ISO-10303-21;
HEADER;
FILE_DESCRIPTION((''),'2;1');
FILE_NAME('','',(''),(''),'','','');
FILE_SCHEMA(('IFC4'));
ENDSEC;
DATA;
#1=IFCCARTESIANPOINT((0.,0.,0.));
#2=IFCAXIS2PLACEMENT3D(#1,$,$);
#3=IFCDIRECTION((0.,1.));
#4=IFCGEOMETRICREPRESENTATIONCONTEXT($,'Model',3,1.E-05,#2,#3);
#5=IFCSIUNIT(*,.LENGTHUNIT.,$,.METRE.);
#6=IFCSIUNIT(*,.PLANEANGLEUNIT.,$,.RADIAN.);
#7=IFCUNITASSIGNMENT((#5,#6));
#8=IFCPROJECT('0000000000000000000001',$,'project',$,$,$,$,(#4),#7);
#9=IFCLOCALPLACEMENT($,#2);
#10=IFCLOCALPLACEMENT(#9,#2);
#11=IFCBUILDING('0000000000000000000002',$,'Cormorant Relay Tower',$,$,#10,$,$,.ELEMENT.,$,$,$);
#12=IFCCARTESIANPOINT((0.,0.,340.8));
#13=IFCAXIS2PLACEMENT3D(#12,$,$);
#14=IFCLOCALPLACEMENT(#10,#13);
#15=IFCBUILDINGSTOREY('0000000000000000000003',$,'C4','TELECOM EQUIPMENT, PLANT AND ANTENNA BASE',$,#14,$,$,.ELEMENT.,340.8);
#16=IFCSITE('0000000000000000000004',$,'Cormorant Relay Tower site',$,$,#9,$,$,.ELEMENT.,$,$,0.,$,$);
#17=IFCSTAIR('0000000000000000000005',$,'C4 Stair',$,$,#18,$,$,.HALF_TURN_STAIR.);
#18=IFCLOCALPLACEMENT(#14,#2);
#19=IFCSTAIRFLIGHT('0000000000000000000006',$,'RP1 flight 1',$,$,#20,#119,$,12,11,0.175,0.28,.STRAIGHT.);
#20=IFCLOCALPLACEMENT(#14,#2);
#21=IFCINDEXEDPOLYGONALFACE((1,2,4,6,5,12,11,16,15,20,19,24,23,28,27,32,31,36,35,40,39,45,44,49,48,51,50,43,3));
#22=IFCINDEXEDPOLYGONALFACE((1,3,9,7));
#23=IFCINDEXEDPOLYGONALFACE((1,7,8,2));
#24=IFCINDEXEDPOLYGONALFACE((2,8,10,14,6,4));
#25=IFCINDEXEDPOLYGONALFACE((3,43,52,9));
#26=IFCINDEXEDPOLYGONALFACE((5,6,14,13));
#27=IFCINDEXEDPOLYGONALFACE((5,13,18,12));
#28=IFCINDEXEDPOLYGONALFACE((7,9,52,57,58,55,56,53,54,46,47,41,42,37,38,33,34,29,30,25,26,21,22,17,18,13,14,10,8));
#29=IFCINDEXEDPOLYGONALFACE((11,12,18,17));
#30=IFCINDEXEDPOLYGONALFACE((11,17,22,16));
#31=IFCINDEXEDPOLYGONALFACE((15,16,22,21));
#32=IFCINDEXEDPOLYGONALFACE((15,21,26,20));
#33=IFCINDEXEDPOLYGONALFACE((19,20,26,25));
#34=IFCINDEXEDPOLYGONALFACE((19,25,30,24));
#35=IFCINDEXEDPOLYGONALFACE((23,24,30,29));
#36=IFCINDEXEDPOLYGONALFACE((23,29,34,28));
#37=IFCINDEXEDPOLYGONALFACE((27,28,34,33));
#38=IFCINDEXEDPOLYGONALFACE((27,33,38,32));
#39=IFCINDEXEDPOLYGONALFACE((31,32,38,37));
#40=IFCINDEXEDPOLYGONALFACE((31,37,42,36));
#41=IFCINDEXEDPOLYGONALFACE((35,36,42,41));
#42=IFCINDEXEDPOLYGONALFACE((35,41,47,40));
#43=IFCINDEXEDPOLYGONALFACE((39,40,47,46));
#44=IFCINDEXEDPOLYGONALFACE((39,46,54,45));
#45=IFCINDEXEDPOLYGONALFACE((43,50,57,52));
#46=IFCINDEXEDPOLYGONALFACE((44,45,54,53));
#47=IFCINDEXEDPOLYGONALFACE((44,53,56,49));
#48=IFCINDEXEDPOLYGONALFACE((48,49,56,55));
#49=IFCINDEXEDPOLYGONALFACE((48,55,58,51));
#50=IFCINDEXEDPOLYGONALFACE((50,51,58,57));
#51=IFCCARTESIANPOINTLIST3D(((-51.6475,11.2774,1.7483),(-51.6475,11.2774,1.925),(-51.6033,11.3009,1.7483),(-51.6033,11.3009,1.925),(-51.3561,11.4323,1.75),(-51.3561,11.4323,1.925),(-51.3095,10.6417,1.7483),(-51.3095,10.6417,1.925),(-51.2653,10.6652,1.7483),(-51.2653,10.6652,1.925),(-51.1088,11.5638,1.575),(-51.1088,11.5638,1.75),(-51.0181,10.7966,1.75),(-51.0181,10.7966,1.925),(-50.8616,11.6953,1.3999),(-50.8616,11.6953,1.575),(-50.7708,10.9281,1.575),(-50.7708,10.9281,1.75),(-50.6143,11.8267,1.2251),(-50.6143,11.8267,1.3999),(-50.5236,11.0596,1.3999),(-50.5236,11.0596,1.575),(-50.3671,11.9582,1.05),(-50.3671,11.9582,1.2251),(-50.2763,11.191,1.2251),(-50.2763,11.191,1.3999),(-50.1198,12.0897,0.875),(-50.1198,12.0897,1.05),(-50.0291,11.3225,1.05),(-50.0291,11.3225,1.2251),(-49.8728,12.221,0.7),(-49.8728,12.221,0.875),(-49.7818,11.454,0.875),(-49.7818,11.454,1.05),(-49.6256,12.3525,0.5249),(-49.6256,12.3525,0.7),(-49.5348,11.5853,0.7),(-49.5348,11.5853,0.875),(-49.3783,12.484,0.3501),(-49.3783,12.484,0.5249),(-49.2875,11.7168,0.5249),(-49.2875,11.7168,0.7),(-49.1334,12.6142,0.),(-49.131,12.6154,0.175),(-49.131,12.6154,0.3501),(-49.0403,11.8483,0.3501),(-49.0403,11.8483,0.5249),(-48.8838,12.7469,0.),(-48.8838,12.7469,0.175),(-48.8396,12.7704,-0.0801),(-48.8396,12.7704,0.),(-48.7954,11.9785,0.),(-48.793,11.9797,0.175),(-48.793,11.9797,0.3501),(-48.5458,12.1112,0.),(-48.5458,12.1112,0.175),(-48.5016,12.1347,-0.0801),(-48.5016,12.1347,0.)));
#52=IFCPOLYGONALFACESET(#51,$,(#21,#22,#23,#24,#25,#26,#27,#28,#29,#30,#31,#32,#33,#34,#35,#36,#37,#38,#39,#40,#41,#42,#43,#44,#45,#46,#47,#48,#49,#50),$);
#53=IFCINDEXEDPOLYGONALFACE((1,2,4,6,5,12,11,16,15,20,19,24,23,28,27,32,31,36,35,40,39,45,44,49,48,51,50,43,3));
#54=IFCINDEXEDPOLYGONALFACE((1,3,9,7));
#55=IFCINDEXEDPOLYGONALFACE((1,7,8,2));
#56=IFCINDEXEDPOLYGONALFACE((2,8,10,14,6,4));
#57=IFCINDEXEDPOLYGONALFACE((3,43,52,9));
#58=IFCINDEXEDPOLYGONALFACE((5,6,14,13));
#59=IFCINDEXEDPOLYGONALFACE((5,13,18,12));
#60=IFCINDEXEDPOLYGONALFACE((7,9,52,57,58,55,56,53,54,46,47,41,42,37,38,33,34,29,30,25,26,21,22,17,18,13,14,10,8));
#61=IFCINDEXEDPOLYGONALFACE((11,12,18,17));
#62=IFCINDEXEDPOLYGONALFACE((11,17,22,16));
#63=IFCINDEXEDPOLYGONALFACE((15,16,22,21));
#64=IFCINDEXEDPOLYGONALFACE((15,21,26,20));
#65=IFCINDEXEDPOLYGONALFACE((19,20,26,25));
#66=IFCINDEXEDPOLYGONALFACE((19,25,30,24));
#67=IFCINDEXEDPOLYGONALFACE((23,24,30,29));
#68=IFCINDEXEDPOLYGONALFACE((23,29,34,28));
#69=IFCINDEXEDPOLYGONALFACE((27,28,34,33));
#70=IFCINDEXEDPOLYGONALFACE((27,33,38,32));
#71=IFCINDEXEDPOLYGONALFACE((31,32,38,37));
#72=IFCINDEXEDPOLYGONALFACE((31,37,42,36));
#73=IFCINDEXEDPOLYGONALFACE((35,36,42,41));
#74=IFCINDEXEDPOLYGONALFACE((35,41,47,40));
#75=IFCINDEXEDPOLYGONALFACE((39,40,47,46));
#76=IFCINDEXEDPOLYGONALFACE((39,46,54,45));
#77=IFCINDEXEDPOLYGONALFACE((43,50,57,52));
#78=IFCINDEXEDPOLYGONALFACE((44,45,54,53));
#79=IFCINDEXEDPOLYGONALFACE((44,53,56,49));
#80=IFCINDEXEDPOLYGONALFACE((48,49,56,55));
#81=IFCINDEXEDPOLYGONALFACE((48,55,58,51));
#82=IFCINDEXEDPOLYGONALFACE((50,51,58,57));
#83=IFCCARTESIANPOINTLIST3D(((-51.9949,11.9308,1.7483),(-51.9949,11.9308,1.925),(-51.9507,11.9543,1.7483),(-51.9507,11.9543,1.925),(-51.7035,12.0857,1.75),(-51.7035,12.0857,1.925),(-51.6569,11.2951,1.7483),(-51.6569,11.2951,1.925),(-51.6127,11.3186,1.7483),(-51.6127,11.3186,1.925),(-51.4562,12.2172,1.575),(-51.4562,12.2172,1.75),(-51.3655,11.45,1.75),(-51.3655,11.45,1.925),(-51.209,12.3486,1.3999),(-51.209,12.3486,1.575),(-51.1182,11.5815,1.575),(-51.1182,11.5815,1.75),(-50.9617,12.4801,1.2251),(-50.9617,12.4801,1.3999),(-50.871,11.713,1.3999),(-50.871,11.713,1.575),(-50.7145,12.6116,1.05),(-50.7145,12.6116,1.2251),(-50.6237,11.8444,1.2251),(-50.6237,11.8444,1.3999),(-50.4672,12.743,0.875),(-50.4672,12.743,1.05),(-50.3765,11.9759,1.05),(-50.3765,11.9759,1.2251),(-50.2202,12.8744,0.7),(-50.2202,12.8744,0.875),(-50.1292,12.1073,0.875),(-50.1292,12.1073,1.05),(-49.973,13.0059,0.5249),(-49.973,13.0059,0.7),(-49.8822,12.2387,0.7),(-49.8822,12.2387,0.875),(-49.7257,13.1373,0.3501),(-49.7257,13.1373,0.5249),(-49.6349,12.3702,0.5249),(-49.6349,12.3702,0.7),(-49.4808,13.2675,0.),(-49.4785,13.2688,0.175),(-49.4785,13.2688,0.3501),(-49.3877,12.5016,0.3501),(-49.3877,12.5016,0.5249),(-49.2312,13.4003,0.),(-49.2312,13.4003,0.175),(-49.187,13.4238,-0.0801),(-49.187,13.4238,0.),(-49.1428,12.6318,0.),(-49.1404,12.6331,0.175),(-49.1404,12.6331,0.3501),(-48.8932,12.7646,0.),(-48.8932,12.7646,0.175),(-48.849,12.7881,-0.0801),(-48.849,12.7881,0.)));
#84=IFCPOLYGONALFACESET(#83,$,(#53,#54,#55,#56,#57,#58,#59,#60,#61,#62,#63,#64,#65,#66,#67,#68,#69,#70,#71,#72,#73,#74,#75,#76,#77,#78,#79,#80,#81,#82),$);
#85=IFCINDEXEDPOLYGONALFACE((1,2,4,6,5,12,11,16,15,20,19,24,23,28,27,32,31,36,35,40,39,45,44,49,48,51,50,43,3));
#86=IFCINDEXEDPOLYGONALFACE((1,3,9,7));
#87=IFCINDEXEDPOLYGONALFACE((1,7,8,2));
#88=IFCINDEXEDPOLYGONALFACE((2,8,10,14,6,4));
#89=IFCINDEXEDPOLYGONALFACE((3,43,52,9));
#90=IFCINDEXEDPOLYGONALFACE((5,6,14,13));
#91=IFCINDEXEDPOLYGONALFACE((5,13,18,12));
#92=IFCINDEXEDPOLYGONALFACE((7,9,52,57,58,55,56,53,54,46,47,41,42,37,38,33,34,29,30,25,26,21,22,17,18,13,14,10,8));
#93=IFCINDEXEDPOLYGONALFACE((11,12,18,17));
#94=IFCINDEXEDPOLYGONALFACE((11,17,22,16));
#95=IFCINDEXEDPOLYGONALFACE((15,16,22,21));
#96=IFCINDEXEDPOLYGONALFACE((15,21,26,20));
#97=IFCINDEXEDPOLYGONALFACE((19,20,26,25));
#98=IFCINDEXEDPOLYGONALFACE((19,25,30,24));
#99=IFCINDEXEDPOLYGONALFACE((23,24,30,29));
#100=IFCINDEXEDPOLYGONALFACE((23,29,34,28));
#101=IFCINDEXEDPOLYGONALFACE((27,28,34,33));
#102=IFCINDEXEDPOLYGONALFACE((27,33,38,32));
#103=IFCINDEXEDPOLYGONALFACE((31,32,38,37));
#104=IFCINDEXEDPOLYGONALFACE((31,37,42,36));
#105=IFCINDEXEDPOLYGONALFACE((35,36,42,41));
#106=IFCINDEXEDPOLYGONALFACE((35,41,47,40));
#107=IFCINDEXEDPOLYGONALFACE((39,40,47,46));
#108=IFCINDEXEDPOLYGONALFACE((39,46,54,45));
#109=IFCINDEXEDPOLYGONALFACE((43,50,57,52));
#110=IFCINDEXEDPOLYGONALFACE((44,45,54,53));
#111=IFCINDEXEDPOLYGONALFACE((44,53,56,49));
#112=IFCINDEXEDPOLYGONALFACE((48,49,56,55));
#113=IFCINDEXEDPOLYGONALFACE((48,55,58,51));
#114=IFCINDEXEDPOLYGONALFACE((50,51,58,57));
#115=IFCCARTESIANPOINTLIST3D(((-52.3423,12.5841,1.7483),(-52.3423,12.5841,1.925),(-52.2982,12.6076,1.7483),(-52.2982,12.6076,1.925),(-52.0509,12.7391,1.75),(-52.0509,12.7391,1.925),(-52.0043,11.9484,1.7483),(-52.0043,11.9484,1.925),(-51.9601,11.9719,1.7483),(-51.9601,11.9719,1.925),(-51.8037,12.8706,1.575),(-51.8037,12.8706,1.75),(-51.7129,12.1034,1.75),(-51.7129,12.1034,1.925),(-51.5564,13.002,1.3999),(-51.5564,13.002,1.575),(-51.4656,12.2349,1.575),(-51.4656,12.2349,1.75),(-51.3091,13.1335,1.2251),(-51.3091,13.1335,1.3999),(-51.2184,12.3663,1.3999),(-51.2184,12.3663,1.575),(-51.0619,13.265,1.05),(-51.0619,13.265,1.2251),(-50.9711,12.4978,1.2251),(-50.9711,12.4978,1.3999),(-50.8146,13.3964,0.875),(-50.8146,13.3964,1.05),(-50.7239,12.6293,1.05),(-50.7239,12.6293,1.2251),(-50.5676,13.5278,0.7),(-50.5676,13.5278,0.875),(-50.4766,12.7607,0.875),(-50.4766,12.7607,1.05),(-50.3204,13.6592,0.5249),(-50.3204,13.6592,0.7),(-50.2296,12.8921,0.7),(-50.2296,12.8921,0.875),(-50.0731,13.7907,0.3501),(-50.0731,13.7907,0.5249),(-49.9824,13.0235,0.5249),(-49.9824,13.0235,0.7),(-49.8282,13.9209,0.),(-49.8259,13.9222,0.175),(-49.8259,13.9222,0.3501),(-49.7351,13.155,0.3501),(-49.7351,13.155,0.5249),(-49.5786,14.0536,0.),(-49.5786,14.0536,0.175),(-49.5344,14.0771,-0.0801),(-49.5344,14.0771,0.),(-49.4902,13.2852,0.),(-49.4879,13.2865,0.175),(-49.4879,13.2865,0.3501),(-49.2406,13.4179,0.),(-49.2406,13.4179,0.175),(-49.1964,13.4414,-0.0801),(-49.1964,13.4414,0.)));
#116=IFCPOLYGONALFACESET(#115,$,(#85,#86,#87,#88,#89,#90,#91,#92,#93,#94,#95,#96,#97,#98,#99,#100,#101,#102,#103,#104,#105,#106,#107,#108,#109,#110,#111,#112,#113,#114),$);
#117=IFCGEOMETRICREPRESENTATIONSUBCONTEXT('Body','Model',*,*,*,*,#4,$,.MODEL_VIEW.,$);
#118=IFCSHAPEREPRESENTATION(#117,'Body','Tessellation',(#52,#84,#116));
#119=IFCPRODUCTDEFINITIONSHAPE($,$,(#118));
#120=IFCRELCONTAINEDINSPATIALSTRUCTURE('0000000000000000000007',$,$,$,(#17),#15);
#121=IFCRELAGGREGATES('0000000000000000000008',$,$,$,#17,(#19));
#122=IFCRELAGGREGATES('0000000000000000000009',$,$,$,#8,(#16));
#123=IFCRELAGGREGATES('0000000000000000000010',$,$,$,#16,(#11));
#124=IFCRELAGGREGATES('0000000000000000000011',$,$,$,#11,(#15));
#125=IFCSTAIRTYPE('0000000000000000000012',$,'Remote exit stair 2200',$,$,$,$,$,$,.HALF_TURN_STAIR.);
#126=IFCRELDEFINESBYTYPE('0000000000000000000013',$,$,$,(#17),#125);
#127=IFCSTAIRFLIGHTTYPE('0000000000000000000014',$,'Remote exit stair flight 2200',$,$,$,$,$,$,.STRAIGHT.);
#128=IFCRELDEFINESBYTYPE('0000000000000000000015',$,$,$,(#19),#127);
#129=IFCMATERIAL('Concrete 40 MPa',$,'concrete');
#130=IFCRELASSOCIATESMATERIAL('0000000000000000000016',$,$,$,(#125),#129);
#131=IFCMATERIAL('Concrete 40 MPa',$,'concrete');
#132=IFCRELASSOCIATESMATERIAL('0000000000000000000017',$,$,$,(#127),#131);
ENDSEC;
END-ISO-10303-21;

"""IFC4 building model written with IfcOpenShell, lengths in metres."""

from ifc_helpers import new_model, si_unit, direction, frame, origin, place, context, subcontext, project, spatial, polyline, outline, extrude, material, type_object, element, aggregate, save


model = new_model("IFC4")

# Units and contexts
model_context = context("Model", 3, precision=1e-05, world=origin(), true_north=direction((0.0, 1.0)))
body_context = subcontext(model_context, "Body", "Model", "MODEL_VIEW")
ifc_project = project(units=[si_unit("LENGTHUNIT", "METRE"), si_unit("PLANEANGLEUNIT", "RADIAN")], contexts=[model_context])

# Site, building, storey
site_placement = place(None, origin())
site = spatial("IfcSite", under=ifc_project, at=site_placement, Name="Cormorant Relay Tower site", CompositionType="ELEMENT", RefElevation=0.0)
building_placement = place(site_placement, origin())
building = spatial("IfcBuilding", under=site, at=building_placement, Name="Cormorant Relay Tower", CompositionType="ELEMENT")
storey_placement = place(building_placement, frame((0.0, 0.0, 340.8)))
storey = spatial("IfcBuildingStorey", under=building, at=storey_placement, Name="C4", Description="TELECOM EQUIPMENT, PLANT AND ANTENNA BASE", CompositionType="ELEMENT", Elevation=340.8)

# Stair, stair flight
ifc_material_1 = material(Name="Concrete 40 MPa", Category="concrete")
stair_type_1 = type_object("IfcStairType", Name="Remote exit stair 2200", PredefinedType="HALF_TURN_STAIR", material=ifc_material_1)
stair_1_placement = place(storey_placement, origin())
stair_1 = element("IfcStair", 1, at=stair_1_placement, inside=storey, type_object=stair_type_1, Name="C4 Stair", PredefinedType="HALF_TURN_STAIR")
ifc_material_2 = material(Name="Concrete 40 MPa", Category="concrete")
stair_flight_type_1 = type_object("IfcStairFlightType", Name="Remote exit stair flight 2200", PredefinedType="STRAIGHT", material=ifc_material_2)
stair_flight_1_placement = place(storey_placement, frame((-49.0623, 13.0825, 0.0), z_axis=(0.0, 0.0, 1.0), x_axis=(-0.882948, -0.469472, 0.0)))
stair_flight_1 = element("IfcStairFlight", 2, at=stair_flight_1_placement, type_object=stair_flight_type_1, Name="RP1 flight 1", NumberOfRisers=12, NumberOfTreads=11, PredefinedType="STRAIGHT", RiserHeight=0.175, TreadLength=0.28, context=body_context, shape_type="SweptSolid", body=[
    extrude(outline(polyline([(-0.05, -0.0801), (-0.05, 0.0), (0.0, 0.0), (0.0, 0.175), (0.28, 0.175), (0.28, 0.3501), (0.5601, 0.3501), (0.5601, 0.5249), (0.8401, 0.5249), (0.8401, 0.7), (1.1201, 0.7), (1.1201, 0.875), (1.3999, 0.875), (1.3999, 1.05), (1.6799, 1.05), (1.6799, 1.2251), (1.96, 1.2251), (1.96, 1.3999), (2.24, 1.3999), (2.24, 1.575), (2.52, 1.575), (2.52, 1.75), (2.8, 1.75), (2.8, 1.925), (3.0801, 1.925), (3.1301, 1.925), (3.1301, 1.7483), (3.0801, 1.7483), (0.2827, 0.0), (-0.05, -0.0801)])), frame((0.0, 1.1001, 0.0), z_axis=(0.0, -1.0, 0.0), x_axis=(1.0, 0.0, 0.0)), (0.0, 0.0, 1.0), 0.72),
    extrude(outline(polyline([(-0.05, -0.0801), (-0.05, 0.0), (0.0, 0.0), (0.0, 0.175), (0.28, 0.175), (0.28, 0.3501), (0.5601, 0.3501), (0.5601, 0.5249), (0.8401, 0.5249), (0.8401, 0.7), (1.1201, 0.7), (1.1201, 0.875), (1.3999, 0.875), (1.3999, 1.05), (1.6799, 1.05), (1.6799, 1.2251), (1.96, 1.2251), (1.96, 1.3999), (2.24, 1.3999), (2.24, 1.575), (2.52, 1.575), (2.52, 1.75), (2.8, 1.75), (2.8, 1.925), (3.0801, 1.925), (3.1301, 1.925), (3.1301, 1.7483), (3.0801, 1.7483), (0.2827, 0.0), (-0.05, -0.0801)])), frame((0.0, 0.3601, 0.0), z_axis=(0.0, -1.0, 0.0), x_axis=(1.0, 0.0, 0.0)), (0.0, 0.0, 1.0), 0.72),
    extrude(outline(polyline([(-0.05, -0.0801), (-0.05, 0.0), (0.0, 0.0), (0.0, 0.175), (0.28, 0.175), (0.28, 0.3501), (0.5601, 0.3501), (0.5601, 0.5249), (0.8401, 0.5249), (0.8401, 0.7), (1.1201, 0.7), (1.1201, 0.875), (1.3999, 0.875), (1.3999, 1.05), (1.6799, 1.05), (1.6799, 1.2251), (1.96, 1.2251), (1.96, 1.3999), (2.24, 1.3999), (2.24, 1.575), (2.52, 1.575), (2.52, 1.75), (2.8, 1.75), (2.8, 1.925), (3.0801, 1.925), (3.1301, 1.925), (3.1301, 1.7483), (3.0801, 1.7483), (0.2827, 0.0), (-0.05, -0.0801)])), frame((0.0, -0.3799, 0.0), z_axis=(0.0, -1.0, 0.0), x_axis=(1.0, 0.0, 0.0)), (0.0, 0.0, 1.0), 0.72),
])
aggregate(stair_1, [stair_flight_1])

save(model, "model.ifc")
